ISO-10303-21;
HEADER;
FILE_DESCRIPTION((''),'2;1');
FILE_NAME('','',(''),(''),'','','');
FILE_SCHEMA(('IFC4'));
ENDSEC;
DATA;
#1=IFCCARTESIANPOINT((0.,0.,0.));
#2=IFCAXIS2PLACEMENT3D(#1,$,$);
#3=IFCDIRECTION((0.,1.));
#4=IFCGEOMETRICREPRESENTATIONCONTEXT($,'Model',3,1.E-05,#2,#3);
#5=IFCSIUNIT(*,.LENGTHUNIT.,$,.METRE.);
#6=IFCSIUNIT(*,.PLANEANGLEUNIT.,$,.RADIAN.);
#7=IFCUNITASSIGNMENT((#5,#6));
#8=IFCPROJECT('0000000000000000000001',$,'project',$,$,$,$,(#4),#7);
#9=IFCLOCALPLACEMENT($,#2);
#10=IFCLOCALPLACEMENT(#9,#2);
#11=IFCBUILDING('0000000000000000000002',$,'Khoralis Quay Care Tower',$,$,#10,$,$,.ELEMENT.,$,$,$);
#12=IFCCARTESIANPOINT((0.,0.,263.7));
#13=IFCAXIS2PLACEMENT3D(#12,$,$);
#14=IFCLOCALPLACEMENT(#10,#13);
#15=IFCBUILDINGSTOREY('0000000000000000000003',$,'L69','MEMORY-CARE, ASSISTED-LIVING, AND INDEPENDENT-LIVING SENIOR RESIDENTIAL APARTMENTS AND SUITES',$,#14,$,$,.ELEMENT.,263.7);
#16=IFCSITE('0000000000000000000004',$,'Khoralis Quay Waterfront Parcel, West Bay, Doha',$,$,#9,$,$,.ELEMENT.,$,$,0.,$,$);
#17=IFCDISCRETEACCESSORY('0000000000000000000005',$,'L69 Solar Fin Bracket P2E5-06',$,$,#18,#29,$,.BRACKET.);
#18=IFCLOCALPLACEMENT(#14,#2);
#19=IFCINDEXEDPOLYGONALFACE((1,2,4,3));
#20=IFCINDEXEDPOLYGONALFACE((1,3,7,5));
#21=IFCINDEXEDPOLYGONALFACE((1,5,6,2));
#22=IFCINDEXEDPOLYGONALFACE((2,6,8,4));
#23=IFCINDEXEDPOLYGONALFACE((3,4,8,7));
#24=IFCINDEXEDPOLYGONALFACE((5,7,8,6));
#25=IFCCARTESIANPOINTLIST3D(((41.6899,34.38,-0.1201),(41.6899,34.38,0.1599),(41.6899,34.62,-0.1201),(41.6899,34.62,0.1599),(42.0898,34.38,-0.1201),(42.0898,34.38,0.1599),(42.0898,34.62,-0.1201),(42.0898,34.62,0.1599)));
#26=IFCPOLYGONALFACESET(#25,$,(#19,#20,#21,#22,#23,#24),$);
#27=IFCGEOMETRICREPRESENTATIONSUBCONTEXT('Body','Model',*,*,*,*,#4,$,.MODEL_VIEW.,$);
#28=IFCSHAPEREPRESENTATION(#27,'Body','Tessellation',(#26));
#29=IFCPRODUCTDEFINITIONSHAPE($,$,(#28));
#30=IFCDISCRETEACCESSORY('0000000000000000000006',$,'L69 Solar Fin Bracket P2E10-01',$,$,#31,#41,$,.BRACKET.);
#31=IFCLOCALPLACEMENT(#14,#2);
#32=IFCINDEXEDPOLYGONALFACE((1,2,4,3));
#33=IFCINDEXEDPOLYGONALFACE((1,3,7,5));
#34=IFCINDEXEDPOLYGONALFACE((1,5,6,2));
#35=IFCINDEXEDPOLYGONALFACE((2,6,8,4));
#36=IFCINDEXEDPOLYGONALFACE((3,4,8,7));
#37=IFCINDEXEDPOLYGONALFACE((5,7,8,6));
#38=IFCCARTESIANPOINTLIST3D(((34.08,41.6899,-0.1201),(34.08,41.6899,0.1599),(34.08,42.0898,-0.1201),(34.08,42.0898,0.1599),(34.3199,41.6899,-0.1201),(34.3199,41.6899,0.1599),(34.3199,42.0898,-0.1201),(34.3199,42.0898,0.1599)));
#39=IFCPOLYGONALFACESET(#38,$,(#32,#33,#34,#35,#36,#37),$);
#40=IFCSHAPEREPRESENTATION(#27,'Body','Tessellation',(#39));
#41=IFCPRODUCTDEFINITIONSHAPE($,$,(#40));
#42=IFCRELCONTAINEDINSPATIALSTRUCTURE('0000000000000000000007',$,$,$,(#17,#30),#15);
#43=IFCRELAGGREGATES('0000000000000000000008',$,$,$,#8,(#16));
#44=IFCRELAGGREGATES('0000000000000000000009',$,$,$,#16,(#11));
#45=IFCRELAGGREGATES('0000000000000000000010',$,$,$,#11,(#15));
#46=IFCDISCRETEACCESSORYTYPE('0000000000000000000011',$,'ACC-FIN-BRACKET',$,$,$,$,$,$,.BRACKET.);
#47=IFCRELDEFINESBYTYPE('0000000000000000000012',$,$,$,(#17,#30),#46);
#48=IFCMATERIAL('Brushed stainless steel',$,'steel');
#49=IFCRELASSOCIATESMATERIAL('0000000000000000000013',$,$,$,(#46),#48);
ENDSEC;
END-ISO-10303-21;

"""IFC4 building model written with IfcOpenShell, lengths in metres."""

from ifc_helpers import new_model, si_unit, direction, frame, origin, origin_2d, place, context, subcontext, project, spatial, rectangle, extrude, source, transform, mapped, material, type_object, element, save


model = new_model("IFC4")

# Units and contexts
model_context = context("Model", 3, precision=1e-05, world=origin(), true_north=direction((0.0, 1.0)))
body_context = subcontext(model_context, "Body", "Model", "MODEL_VIEW")
ifc_project = project(units=[si_unit("LENGTHUNIT", "METRE"), si_unit("PLANEANGLEUNIT", "RADIAN")], contexts=[model_context])

# Site, building, storey
site_placement = place(None, origin())
site = spatial("IfcSite", under=ifc_project, at=site_placement, Name="Khoralis Quay Waterfront Parcel, West Bay, Doha", CompositionType="ELEMENT", RefElevation=0.0)
building_placement = place(site_placement, origin())
building = spatial("IfcBuilding", under=site, at=building_placement, Name="Khoralis Quay Care Tower", CompositionType="ELEMENT")
storey_placement = place(building_placement, frame((0.0, 0.0, 263.7)))
storey = spatial("IfcBuildingStorey", under=building, at=storey_placement, Name="L69", Description="MEMORY-CARE, ASSISTED-LIVING, AND INDEPENDENT-LIVING SENIOR RESIDENTIAL APARTMENTS AND SUITES", CompositionType="ELEMENT", Elevation=263.7)

# Discrete accessories
ifc_material_1 = material(Name="Brushed stainless steel", Category="steel")
discrete_accessory_type = type_object("IfcDiscreteAccessoryType", Name="ACC-FIN-BRACKET", PredefinedType="BRACKET", material=ifc_material_1)
shared_shape_1 = source(origin(), body_context, "Body", "SweptSolid", [
    extrude(rectangle(XDim=0.3999, YDim=0.24, at=origin_2d()), origin(), (0.0, 0.0, 1.0), 0.28),
])
for number, where, z_axis, x_axis, name in (
    (1, (41.8899, 34.5, -0.1201), (0.0, 0.0, 1.0), (1.0, 0.0, 0.0), "L69 Solar Fin Bracket P2E5-06"),
    (2, (34.2, 41.8899, -0.1201), (0.0, 0.0, 1.0), (0.0, 1.0, 0.0), "L69 Solar Fin Bracket P2E10-01"),
):
    element("IfcDiscreteAccessory", number, at=place(storey_placement, frame(where, z_axis=z_axis, x_axis=x_axis)), inside=storey, type_object=discrete_accessory_type, Name=name, PredefinedType="BRACKET", context=body_context, shape_type="MappedRepresentation", body=[
        mapped(shared_shape_1, transform((0.0, 0.0, 0.0), scale=1.0)),
    ])

save(model, "model.ifc")
